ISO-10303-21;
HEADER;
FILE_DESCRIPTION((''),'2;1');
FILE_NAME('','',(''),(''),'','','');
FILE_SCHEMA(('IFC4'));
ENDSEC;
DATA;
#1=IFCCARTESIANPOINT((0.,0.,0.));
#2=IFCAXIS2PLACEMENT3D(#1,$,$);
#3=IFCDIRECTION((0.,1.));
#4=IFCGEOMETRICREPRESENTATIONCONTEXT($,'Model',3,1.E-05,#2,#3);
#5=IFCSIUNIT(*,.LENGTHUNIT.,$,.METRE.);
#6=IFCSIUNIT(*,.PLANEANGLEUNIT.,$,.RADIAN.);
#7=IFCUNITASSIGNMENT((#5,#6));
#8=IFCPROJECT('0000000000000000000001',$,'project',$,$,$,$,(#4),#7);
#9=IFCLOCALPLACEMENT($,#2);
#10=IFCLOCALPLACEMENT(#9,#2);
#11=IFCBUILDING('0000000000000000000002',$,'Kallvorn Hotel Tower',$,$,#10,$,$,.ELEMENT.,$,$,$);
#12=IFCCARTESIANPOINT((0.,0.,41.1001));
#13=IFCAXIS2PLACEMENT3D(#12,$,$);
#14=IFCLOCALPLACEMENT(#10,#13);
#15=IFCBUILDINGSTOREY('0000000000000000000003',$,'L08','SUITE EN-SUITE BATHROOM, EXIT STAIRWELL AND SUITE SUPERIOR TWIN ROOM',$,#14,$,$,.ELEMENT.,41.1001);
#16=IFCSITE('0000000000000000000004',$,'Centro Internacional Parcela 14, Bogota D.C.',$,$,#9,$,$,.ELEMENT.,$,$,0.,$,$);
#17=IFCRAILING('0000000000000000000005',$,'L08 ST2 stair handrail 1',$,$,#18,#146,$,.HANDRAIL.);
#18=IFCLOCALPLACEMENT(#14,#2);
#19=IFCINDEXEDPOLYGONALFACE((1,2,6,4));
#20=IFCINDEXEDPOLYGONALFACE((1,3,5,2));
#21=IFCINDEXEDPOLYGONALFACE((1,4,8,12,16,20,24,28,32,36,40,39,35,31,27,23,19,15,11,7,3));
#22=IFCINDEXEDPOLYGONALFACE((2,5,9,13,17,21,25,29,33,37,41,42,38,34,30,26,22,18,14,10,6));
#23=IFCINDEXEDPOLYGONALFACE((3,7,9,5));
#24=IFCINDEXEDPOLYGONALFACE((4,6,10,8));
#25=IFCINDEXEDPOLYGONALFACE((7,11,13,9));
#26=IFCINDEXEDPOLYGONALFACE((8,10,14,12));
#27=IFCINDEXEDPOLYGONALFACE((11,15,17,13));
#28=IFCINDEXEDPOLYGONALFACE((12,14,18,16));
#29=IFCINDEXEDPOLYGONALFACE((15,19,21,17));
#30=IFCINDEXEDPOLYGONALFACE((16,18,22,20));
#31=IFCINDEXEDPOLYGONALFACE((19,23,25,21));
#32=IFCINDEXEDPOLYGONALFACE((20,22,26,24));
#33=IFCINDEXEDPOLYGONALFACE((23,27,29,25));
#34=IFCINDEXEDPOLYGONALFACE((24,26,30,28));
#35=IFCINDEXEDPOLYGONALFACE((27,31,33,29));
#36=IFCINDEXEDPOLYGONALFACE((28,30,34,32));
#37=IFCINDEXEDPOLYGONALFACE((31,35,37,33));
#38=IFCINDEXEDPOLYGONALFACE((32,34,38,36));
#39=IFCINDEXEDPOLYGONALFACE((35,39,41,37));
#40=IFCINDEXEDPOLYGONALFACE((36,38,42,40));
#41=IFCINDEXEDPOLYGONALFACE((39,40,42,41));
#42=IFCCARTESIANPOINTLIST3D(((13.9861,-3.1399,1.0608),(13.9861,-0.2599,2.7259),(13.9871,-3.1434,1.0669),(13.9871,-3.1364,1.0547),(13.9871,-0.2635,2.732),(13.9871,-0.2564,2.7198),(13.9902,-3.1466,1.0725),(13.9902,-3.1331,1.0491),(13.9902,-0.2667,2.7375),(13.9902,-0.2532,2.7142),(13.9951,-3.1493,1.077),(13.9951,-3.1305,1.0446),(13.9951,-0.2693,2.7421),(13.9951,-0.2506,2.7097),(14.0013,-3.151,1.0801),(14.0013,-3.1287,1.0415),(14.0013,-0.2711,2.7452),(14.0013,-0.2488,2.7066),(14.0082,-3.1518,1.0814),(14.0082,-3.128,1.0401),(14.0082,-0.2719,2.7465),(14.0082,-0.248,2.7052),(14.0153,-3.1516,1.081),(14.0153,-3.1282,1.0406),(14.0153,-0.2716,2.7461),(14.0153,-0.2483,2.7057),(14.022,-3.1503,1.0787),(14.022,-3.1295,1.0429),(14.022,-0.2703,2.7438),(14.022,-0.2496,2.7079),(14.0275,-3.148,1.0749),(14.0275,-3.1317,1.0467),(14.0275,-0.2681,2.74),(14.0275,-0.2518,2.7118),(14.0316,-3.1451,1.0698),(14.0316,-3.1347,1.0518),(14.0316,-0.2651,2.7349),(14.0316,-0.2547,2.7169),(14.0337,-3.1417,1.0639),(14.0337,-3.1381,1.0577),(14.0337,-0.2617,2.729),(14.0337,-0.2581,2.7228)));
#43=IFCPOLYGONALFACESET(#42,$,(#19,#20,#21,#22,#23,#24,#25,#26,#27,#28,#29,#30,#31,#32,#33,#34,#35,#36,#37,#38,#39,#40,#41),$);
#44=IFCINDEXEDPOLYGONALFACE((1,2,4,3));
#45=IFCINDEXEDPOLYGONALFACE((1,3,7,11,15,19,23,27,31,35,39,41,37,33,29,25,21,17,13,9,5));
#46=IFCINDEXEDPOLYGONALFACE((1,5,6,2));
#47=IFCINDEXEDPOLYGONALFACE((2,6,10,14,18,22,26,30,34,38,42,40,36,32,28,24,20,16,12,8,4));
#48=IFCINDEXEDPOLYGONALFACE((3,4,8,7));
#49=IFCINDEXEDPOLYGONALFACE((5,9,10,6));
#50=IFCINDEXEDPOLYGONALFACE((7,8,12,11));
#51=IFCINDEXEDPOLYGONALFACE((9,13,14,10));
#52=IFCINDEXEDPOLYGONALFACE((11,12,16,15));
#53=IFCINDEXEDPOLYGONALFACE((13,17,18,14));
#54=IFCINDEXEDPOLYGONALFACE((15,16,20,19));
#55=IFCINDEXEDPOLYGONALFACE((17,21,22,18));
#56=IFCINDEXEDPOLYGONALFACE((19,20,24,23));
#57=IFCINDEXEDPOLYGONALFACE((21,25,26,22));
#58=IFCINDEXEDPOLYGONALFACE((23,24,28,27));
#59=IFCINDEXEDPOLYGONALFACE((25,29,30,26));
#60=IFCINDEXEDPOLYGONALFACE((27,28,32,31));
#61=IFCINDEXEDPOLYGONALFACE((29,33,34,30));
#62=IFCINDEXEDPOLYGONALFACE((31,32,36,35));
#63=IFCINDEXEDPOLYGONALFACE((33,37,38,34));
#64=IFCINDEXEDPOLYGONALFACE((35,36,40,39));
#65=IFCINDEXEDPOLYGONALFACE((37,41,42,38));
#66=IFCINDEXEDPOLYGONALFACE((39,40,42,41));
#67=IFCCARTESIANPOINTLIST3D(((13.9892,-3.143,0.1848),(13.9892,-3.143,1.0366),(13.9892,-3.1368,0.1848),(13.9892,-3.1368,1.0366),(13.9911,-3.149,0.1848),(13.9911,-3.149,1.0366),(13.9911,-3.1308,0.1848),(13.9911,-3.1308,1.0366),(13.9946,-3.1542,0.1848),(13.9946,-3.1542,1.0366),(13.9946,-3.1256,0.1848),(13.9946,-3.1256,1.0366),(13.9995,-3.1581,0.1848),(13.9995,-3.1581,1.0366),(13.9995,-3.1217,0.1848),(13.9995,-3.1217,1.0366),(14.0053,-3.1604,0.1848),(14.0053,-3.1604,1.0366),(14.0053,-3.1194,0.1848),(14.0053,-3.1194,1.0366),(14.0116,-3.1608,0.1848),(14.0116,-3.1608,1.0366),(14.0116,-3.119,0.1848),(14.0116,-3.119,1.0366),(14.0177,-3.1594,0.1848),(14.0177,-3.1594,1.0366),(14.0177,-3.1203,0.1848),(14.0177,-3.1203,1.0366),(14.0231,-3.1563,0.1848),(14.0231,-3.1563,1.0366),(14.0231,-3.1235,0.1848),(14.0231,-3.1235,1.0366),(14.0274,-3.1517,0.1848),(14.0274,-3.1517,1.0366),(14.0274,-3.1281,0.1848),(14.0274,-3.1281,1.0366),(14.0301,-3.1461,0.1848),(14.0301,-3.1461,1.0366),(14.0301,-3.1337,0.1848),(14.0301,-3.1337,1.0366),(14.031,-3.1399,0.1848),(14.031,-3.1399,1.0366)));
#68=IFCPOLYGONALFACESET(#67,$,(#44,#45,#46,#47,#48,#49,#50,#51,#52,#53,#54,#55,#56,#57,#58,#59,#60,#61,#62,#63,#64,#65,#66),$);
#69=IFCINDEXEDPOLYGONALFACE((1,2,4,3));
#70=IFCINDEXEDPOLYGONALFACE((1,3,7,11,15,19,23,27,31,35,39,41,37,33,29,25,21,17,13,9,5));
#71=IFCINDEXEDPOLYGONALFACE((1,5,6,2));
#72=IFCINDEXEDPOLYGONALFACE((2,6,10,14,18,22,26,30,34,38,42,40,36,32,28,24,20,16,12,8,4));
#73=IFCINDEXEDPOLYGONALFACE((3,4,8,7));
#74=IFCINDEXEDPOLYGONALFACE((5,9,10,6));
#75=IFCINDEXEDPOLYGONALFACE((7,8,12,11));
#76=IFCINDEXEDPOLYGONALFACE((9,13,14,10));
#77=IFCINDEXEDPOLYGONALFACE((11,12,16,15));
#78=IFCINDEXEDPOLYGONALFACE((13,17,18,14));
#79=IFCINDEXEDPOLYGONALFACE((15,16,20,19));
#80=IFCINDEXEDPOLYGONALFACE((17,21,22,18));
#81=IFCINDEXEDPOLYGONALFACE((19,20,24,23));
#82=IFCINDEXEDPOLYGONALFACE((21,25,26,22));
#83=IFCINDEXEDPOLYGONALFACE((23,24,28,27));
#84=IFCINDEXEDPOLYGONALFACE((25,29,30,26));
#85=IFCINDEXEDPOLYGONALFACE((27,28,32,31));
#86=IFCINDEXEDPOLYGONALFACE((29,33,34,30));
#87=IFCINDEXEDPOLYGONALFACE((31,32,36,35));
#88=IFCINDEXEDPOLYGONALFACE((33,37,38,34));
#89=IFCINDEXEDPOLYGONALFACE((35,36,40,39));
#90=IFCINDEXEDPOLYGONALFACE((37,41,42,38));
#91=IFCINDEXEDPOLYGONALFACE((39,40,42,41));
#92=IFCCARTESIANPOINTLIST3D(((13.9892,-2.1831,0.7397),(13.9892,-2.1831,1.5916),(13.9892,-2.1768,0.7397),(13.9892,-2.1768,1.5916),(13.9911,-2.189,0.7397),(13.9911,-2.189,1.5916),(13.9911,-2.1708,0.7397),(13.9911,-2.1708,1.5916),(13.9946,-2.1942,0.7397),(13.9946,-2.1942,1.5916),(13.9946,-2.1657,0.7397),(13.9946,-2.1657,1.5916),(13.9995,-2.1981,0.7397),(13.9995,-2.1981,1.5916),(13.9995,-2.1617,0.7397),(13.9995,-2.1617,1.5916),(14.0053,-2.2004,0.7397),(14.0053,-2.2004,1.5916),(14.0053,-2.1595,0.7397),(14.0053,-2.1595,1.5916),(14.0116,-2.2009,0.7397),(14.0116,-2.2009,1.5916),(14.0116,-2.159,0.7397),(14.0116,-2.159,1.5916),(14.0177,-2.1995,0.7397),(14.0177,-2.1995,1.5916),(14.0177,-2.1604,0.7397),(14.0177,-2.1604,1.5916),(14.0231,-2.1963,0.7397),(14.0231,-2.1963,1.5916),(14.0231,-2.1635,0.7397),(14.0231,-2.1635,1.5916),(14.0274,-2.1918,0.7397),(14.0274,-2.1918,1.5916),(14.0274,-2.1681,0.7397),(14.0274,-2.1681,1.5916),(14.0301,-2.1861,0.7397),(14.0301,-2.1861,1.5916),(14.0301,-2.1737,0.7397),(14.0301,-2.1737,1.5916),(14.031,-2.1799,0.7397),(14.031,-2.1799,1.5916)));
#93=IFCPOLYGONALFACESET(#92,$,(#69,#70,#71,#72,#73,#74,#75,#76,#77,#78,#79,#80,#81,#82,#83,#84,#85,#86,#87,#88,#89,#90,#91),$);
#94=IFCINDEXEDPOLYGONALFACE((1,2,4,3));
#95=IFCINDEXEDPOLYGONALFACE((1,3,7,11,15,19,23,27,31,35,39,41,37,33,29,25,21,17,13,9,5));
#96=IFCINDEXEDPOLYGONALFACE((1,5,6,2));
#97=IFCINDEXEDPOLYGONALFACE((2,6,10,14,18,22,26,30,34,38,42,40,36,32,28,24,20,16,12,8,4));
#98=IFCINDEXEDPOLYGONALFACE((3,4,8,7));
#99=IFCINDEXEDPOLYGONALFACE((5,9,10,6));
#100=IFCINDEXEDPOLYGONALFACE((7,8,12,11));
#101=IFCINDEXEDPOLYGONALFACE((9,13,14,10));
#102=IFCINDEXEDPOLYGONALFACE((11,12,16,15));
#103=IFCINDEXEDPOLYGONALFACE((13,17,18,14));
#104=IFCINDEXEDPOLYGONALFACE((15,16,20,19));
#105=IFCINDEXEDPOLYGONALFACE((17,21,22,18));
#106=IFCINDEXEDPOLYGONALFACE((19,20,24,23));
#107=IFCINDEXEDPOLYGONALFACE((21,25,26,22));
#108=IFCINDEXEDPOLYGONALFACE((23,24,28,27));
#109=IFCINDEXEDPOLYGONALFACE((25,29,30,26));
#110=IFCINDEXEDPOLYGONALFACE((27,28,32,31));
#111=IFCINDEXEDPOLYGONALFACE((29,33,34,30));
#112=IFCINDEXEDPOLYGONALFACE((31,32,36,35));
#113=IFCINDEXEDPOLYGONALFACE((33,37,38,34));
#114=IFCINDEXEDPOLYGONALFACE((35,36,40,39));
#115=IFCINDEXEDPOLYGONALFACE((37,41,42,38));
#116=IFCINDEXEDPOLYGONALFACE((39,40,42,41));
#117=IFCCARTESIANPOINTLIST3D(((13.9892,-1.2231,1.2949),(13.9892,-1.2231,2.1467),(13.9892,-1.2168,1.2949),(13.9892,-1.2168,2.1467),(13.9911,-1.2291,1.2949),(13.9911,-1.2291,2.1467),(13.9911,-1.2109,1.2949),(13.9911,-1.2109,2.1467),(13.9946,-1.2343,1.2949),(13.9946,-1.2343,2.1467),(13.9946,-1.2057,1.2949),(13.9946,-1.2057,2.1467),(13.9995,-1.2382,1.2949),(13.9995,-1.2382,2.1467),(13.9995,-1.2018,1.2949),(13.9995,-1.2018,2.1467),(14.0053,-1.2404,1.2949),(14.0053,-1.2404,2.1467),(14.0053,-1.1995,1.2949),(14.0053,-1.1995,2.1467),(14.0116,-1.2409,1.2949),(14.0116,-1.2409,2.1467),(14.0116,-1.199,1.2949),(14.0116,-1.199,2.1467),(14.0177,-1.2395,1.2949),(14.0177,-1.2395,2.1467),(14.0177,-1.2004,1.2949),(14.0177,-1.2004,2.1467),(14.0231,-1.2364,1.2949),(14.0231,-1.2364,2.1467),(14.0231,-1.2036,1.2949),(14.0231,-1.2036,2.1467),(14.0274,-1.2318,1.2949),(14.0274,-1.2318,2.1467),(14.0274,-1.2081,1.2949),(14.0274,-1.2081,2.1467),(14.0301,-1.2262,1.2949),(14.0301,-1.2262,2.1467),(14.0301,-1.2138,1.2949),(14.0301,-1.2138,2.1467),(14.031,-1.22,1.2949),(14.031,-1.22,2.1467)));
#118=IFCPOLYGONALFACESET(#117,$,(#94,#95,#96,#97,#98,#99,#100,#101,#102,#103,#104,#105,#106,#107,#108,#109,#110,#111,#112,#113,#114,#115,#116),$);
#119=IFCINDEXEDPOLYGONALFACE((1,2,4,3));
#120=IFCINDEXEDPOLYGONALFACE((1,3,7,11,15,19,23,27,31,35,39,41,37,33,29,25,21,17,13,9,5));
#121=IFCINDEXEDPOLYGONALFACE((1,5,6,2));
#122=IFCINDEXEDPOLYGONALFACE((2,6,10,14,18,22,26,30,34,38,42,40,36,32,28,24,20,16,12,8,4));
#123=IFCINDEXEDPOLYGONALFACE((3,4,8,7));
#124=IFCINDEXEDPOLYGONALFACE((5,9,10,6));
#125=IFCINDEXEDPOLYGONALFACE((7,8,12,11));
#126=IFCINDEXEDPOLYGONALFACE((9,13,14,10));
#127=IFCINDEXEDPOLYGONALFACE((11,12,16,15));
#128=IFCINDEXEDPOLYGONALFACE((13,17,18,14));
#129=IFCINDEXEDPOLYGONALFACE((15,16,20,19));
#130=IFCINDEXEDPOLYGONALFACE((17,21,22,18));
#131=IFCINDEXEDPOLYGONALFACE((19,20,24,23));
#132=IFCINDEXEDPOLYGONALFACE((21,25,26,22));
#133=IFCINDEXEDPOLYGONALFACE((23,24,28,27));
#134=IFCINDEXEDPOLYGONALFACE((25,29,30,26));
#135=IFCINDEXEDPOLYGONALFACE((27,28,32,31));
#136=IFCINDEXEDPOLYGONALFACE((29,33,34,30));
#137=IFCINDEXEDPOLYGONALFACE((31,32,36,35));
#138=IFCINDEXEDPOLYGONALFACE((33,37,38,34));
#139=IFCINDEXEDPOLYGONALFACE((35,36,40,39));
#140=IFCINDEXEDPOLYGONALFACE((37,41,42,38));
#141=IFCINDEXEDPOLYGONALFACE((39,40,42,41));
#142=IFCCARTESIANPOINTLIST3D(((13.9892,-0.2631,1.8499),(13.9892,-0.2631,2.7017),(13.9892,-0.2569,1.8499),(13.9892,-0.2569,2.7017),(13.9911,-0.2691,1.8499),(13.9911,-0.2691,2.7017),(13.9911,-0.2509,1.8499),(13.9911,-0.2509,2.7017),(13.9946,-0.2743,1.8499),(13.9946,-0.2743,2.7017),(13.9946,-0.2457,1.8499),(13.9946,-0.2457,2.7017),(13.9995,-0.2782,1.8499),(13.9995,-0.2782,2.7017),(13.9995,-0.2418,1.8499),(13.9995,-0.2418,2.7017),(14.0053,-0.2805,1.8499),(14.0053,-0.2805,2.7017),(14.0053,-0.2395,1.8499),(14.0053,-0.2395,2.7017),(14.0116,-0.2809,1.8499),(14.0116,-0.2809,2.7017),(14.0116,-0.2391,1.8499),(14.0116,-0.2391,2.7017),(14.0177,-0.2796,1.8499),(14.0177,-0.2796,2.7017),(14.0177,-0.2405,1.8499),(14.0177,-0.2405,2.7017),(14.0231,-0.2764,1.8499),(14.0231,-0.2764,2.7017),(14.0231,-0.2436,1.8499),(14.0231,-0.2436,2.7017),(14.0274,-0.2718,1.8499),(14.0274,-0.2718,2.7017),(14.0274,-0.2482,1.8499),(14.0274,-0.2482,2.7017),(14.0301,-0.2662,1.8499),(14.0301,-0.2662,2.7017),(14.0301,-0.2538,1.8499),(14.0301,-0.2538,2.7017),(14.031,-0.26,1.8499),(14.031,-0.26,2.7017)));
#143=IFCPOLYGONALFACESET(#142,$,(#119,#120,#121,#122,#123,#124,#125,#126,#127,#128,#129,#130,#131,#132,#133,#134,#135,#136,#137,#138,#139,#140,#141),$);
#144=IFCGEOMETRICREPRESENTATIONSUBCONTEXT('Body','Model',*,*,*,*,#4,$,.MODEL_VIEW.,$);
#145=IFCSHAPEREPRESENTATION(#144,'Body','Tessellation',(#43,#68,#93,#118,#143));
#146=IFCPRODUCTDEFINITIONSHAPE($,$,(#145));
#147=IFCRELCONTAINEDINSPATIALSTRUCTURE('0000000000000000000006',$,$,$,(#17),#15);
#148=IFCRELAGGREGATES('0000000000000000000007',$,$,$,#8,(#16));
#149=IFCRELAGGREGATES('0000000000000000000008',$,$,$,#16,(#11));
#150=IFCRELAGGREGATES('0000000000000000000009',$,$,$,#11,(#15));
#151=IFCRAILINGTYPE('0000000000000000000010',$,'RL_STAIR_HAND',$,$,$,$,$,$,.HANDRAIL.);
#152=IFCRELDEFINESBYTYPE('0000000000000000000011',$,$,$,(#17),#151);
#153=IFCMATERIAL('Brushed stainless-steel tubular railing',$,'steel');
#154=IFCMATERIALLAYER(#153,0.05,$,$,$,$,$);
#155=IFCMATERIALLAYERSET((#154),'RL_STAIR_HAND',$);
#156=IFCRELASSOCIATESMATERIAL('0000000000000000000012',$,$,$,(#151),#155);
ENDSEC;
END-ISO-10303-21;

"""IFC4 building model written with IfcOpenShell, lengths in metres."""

from ifc_helpers import new_model, si_unit, direction, frame, origin, origin_2d, place, context, subcontext, project, spatial, circle, extrude, material, layer, layer_set, type_object, element, save


model = new_model("IFC4")

# Units and contexts
model_context = context("Model", 3, precision=1e-05, world=origin(), true_north=direction((0.0, 1.0)))
body_context = subcontext(model_context, "Body", "Model", "MODEL_VIEW")
ifc_project = project(units=[si_unit("LENGTHUNIT", "METRE"), si_unit("PLANEANGLEUNIT", "RADIAN")], contexts=[model_context])

# Site, building, storey
site_placement = place(None, origin())
site = spatial("IfcSite", under=ifc_project, at=site_placement, Name="Centro Internacional Parcela 14, Bogota D.C.", CompositionType="ELEMENT", RefElevation=0.0)
building_placement = place(site_placement, origin())
building = spatial("IfcBuilding", under=site, at=building_placement, Name="Kallvorn Hotel Tower", CompositionType="ELEMENT")
storey_placement = place(building_placement, frame((0.0, 0.0, 41.1001)))
storey = spatial("IfcBuildingStorey", under=building, at=storey_placement, Name="L08", Description="SUITE EN-SUITE BATHROOM, EXIT STAIRWELL AND SUITE SUPERIOR TWIN ROOM", CompositionType="ELEMENT", Elevation=41.1001)

# Railing
ifc_material_1 = material(Name="Brushed stainless-steel tubular railing", Category="steel")
ifc_layer_1 = layer(ifc_material_1, 0.05)
ifc_layer_set_1 = layer_set([ifc_layer_1], Name="RL_STAIR_HAND")
railing_type_1 = type_object("IfcRailingType", Name="RL_STAIR_HAND", PredefinedType="HANDRAIL", material=ifc_layer_set_1)
railing_1_placement = place(storey_placement, frame((14.01, -3.1399, 0.1848)))
element("IfcRailing", 1, at=railing_1_placement, inside=storey, type_object=railing_type_1, Name="L08 ST2 stair handrail 1", PredefinedType="HANDRAIL", context=body_context, shape_type="SweptSolid", body=[
    extrude(circle(Radius=0.0239, at=origin_2d()), frame((0.0, 0.0, 0.876), z_axis=(0.0, 0.865721, 0.500527), x_axis=(-1.0, 0.0, 0.0)), (0.0, 0.0, 1.0), 3.3267),
    extrude(circle(Radius=0.021, at=origin_2d()), origin(), (0.0, 0.0, 1.0), 0.8518),
    extrude(circle(Radius=0.021, at=origin_2d()), frame((0.0, 0.96, 0.5549)), (0.0, 0.0, 1.0), 0.8518),
    extrude(circle(Radius=0.021, at=origin_2d()), frame((0.0, 1.9199, 1.1101)), (0.0, 0.0, 1.0), 0.8518),
    extrude(circle(Radius=0.021, at=origin_2d()), frame((0.0, 2.8799, 1.665)), (0.0, 0.0, 1.0), 0.8518),
])

save(model, "model.ifc")
